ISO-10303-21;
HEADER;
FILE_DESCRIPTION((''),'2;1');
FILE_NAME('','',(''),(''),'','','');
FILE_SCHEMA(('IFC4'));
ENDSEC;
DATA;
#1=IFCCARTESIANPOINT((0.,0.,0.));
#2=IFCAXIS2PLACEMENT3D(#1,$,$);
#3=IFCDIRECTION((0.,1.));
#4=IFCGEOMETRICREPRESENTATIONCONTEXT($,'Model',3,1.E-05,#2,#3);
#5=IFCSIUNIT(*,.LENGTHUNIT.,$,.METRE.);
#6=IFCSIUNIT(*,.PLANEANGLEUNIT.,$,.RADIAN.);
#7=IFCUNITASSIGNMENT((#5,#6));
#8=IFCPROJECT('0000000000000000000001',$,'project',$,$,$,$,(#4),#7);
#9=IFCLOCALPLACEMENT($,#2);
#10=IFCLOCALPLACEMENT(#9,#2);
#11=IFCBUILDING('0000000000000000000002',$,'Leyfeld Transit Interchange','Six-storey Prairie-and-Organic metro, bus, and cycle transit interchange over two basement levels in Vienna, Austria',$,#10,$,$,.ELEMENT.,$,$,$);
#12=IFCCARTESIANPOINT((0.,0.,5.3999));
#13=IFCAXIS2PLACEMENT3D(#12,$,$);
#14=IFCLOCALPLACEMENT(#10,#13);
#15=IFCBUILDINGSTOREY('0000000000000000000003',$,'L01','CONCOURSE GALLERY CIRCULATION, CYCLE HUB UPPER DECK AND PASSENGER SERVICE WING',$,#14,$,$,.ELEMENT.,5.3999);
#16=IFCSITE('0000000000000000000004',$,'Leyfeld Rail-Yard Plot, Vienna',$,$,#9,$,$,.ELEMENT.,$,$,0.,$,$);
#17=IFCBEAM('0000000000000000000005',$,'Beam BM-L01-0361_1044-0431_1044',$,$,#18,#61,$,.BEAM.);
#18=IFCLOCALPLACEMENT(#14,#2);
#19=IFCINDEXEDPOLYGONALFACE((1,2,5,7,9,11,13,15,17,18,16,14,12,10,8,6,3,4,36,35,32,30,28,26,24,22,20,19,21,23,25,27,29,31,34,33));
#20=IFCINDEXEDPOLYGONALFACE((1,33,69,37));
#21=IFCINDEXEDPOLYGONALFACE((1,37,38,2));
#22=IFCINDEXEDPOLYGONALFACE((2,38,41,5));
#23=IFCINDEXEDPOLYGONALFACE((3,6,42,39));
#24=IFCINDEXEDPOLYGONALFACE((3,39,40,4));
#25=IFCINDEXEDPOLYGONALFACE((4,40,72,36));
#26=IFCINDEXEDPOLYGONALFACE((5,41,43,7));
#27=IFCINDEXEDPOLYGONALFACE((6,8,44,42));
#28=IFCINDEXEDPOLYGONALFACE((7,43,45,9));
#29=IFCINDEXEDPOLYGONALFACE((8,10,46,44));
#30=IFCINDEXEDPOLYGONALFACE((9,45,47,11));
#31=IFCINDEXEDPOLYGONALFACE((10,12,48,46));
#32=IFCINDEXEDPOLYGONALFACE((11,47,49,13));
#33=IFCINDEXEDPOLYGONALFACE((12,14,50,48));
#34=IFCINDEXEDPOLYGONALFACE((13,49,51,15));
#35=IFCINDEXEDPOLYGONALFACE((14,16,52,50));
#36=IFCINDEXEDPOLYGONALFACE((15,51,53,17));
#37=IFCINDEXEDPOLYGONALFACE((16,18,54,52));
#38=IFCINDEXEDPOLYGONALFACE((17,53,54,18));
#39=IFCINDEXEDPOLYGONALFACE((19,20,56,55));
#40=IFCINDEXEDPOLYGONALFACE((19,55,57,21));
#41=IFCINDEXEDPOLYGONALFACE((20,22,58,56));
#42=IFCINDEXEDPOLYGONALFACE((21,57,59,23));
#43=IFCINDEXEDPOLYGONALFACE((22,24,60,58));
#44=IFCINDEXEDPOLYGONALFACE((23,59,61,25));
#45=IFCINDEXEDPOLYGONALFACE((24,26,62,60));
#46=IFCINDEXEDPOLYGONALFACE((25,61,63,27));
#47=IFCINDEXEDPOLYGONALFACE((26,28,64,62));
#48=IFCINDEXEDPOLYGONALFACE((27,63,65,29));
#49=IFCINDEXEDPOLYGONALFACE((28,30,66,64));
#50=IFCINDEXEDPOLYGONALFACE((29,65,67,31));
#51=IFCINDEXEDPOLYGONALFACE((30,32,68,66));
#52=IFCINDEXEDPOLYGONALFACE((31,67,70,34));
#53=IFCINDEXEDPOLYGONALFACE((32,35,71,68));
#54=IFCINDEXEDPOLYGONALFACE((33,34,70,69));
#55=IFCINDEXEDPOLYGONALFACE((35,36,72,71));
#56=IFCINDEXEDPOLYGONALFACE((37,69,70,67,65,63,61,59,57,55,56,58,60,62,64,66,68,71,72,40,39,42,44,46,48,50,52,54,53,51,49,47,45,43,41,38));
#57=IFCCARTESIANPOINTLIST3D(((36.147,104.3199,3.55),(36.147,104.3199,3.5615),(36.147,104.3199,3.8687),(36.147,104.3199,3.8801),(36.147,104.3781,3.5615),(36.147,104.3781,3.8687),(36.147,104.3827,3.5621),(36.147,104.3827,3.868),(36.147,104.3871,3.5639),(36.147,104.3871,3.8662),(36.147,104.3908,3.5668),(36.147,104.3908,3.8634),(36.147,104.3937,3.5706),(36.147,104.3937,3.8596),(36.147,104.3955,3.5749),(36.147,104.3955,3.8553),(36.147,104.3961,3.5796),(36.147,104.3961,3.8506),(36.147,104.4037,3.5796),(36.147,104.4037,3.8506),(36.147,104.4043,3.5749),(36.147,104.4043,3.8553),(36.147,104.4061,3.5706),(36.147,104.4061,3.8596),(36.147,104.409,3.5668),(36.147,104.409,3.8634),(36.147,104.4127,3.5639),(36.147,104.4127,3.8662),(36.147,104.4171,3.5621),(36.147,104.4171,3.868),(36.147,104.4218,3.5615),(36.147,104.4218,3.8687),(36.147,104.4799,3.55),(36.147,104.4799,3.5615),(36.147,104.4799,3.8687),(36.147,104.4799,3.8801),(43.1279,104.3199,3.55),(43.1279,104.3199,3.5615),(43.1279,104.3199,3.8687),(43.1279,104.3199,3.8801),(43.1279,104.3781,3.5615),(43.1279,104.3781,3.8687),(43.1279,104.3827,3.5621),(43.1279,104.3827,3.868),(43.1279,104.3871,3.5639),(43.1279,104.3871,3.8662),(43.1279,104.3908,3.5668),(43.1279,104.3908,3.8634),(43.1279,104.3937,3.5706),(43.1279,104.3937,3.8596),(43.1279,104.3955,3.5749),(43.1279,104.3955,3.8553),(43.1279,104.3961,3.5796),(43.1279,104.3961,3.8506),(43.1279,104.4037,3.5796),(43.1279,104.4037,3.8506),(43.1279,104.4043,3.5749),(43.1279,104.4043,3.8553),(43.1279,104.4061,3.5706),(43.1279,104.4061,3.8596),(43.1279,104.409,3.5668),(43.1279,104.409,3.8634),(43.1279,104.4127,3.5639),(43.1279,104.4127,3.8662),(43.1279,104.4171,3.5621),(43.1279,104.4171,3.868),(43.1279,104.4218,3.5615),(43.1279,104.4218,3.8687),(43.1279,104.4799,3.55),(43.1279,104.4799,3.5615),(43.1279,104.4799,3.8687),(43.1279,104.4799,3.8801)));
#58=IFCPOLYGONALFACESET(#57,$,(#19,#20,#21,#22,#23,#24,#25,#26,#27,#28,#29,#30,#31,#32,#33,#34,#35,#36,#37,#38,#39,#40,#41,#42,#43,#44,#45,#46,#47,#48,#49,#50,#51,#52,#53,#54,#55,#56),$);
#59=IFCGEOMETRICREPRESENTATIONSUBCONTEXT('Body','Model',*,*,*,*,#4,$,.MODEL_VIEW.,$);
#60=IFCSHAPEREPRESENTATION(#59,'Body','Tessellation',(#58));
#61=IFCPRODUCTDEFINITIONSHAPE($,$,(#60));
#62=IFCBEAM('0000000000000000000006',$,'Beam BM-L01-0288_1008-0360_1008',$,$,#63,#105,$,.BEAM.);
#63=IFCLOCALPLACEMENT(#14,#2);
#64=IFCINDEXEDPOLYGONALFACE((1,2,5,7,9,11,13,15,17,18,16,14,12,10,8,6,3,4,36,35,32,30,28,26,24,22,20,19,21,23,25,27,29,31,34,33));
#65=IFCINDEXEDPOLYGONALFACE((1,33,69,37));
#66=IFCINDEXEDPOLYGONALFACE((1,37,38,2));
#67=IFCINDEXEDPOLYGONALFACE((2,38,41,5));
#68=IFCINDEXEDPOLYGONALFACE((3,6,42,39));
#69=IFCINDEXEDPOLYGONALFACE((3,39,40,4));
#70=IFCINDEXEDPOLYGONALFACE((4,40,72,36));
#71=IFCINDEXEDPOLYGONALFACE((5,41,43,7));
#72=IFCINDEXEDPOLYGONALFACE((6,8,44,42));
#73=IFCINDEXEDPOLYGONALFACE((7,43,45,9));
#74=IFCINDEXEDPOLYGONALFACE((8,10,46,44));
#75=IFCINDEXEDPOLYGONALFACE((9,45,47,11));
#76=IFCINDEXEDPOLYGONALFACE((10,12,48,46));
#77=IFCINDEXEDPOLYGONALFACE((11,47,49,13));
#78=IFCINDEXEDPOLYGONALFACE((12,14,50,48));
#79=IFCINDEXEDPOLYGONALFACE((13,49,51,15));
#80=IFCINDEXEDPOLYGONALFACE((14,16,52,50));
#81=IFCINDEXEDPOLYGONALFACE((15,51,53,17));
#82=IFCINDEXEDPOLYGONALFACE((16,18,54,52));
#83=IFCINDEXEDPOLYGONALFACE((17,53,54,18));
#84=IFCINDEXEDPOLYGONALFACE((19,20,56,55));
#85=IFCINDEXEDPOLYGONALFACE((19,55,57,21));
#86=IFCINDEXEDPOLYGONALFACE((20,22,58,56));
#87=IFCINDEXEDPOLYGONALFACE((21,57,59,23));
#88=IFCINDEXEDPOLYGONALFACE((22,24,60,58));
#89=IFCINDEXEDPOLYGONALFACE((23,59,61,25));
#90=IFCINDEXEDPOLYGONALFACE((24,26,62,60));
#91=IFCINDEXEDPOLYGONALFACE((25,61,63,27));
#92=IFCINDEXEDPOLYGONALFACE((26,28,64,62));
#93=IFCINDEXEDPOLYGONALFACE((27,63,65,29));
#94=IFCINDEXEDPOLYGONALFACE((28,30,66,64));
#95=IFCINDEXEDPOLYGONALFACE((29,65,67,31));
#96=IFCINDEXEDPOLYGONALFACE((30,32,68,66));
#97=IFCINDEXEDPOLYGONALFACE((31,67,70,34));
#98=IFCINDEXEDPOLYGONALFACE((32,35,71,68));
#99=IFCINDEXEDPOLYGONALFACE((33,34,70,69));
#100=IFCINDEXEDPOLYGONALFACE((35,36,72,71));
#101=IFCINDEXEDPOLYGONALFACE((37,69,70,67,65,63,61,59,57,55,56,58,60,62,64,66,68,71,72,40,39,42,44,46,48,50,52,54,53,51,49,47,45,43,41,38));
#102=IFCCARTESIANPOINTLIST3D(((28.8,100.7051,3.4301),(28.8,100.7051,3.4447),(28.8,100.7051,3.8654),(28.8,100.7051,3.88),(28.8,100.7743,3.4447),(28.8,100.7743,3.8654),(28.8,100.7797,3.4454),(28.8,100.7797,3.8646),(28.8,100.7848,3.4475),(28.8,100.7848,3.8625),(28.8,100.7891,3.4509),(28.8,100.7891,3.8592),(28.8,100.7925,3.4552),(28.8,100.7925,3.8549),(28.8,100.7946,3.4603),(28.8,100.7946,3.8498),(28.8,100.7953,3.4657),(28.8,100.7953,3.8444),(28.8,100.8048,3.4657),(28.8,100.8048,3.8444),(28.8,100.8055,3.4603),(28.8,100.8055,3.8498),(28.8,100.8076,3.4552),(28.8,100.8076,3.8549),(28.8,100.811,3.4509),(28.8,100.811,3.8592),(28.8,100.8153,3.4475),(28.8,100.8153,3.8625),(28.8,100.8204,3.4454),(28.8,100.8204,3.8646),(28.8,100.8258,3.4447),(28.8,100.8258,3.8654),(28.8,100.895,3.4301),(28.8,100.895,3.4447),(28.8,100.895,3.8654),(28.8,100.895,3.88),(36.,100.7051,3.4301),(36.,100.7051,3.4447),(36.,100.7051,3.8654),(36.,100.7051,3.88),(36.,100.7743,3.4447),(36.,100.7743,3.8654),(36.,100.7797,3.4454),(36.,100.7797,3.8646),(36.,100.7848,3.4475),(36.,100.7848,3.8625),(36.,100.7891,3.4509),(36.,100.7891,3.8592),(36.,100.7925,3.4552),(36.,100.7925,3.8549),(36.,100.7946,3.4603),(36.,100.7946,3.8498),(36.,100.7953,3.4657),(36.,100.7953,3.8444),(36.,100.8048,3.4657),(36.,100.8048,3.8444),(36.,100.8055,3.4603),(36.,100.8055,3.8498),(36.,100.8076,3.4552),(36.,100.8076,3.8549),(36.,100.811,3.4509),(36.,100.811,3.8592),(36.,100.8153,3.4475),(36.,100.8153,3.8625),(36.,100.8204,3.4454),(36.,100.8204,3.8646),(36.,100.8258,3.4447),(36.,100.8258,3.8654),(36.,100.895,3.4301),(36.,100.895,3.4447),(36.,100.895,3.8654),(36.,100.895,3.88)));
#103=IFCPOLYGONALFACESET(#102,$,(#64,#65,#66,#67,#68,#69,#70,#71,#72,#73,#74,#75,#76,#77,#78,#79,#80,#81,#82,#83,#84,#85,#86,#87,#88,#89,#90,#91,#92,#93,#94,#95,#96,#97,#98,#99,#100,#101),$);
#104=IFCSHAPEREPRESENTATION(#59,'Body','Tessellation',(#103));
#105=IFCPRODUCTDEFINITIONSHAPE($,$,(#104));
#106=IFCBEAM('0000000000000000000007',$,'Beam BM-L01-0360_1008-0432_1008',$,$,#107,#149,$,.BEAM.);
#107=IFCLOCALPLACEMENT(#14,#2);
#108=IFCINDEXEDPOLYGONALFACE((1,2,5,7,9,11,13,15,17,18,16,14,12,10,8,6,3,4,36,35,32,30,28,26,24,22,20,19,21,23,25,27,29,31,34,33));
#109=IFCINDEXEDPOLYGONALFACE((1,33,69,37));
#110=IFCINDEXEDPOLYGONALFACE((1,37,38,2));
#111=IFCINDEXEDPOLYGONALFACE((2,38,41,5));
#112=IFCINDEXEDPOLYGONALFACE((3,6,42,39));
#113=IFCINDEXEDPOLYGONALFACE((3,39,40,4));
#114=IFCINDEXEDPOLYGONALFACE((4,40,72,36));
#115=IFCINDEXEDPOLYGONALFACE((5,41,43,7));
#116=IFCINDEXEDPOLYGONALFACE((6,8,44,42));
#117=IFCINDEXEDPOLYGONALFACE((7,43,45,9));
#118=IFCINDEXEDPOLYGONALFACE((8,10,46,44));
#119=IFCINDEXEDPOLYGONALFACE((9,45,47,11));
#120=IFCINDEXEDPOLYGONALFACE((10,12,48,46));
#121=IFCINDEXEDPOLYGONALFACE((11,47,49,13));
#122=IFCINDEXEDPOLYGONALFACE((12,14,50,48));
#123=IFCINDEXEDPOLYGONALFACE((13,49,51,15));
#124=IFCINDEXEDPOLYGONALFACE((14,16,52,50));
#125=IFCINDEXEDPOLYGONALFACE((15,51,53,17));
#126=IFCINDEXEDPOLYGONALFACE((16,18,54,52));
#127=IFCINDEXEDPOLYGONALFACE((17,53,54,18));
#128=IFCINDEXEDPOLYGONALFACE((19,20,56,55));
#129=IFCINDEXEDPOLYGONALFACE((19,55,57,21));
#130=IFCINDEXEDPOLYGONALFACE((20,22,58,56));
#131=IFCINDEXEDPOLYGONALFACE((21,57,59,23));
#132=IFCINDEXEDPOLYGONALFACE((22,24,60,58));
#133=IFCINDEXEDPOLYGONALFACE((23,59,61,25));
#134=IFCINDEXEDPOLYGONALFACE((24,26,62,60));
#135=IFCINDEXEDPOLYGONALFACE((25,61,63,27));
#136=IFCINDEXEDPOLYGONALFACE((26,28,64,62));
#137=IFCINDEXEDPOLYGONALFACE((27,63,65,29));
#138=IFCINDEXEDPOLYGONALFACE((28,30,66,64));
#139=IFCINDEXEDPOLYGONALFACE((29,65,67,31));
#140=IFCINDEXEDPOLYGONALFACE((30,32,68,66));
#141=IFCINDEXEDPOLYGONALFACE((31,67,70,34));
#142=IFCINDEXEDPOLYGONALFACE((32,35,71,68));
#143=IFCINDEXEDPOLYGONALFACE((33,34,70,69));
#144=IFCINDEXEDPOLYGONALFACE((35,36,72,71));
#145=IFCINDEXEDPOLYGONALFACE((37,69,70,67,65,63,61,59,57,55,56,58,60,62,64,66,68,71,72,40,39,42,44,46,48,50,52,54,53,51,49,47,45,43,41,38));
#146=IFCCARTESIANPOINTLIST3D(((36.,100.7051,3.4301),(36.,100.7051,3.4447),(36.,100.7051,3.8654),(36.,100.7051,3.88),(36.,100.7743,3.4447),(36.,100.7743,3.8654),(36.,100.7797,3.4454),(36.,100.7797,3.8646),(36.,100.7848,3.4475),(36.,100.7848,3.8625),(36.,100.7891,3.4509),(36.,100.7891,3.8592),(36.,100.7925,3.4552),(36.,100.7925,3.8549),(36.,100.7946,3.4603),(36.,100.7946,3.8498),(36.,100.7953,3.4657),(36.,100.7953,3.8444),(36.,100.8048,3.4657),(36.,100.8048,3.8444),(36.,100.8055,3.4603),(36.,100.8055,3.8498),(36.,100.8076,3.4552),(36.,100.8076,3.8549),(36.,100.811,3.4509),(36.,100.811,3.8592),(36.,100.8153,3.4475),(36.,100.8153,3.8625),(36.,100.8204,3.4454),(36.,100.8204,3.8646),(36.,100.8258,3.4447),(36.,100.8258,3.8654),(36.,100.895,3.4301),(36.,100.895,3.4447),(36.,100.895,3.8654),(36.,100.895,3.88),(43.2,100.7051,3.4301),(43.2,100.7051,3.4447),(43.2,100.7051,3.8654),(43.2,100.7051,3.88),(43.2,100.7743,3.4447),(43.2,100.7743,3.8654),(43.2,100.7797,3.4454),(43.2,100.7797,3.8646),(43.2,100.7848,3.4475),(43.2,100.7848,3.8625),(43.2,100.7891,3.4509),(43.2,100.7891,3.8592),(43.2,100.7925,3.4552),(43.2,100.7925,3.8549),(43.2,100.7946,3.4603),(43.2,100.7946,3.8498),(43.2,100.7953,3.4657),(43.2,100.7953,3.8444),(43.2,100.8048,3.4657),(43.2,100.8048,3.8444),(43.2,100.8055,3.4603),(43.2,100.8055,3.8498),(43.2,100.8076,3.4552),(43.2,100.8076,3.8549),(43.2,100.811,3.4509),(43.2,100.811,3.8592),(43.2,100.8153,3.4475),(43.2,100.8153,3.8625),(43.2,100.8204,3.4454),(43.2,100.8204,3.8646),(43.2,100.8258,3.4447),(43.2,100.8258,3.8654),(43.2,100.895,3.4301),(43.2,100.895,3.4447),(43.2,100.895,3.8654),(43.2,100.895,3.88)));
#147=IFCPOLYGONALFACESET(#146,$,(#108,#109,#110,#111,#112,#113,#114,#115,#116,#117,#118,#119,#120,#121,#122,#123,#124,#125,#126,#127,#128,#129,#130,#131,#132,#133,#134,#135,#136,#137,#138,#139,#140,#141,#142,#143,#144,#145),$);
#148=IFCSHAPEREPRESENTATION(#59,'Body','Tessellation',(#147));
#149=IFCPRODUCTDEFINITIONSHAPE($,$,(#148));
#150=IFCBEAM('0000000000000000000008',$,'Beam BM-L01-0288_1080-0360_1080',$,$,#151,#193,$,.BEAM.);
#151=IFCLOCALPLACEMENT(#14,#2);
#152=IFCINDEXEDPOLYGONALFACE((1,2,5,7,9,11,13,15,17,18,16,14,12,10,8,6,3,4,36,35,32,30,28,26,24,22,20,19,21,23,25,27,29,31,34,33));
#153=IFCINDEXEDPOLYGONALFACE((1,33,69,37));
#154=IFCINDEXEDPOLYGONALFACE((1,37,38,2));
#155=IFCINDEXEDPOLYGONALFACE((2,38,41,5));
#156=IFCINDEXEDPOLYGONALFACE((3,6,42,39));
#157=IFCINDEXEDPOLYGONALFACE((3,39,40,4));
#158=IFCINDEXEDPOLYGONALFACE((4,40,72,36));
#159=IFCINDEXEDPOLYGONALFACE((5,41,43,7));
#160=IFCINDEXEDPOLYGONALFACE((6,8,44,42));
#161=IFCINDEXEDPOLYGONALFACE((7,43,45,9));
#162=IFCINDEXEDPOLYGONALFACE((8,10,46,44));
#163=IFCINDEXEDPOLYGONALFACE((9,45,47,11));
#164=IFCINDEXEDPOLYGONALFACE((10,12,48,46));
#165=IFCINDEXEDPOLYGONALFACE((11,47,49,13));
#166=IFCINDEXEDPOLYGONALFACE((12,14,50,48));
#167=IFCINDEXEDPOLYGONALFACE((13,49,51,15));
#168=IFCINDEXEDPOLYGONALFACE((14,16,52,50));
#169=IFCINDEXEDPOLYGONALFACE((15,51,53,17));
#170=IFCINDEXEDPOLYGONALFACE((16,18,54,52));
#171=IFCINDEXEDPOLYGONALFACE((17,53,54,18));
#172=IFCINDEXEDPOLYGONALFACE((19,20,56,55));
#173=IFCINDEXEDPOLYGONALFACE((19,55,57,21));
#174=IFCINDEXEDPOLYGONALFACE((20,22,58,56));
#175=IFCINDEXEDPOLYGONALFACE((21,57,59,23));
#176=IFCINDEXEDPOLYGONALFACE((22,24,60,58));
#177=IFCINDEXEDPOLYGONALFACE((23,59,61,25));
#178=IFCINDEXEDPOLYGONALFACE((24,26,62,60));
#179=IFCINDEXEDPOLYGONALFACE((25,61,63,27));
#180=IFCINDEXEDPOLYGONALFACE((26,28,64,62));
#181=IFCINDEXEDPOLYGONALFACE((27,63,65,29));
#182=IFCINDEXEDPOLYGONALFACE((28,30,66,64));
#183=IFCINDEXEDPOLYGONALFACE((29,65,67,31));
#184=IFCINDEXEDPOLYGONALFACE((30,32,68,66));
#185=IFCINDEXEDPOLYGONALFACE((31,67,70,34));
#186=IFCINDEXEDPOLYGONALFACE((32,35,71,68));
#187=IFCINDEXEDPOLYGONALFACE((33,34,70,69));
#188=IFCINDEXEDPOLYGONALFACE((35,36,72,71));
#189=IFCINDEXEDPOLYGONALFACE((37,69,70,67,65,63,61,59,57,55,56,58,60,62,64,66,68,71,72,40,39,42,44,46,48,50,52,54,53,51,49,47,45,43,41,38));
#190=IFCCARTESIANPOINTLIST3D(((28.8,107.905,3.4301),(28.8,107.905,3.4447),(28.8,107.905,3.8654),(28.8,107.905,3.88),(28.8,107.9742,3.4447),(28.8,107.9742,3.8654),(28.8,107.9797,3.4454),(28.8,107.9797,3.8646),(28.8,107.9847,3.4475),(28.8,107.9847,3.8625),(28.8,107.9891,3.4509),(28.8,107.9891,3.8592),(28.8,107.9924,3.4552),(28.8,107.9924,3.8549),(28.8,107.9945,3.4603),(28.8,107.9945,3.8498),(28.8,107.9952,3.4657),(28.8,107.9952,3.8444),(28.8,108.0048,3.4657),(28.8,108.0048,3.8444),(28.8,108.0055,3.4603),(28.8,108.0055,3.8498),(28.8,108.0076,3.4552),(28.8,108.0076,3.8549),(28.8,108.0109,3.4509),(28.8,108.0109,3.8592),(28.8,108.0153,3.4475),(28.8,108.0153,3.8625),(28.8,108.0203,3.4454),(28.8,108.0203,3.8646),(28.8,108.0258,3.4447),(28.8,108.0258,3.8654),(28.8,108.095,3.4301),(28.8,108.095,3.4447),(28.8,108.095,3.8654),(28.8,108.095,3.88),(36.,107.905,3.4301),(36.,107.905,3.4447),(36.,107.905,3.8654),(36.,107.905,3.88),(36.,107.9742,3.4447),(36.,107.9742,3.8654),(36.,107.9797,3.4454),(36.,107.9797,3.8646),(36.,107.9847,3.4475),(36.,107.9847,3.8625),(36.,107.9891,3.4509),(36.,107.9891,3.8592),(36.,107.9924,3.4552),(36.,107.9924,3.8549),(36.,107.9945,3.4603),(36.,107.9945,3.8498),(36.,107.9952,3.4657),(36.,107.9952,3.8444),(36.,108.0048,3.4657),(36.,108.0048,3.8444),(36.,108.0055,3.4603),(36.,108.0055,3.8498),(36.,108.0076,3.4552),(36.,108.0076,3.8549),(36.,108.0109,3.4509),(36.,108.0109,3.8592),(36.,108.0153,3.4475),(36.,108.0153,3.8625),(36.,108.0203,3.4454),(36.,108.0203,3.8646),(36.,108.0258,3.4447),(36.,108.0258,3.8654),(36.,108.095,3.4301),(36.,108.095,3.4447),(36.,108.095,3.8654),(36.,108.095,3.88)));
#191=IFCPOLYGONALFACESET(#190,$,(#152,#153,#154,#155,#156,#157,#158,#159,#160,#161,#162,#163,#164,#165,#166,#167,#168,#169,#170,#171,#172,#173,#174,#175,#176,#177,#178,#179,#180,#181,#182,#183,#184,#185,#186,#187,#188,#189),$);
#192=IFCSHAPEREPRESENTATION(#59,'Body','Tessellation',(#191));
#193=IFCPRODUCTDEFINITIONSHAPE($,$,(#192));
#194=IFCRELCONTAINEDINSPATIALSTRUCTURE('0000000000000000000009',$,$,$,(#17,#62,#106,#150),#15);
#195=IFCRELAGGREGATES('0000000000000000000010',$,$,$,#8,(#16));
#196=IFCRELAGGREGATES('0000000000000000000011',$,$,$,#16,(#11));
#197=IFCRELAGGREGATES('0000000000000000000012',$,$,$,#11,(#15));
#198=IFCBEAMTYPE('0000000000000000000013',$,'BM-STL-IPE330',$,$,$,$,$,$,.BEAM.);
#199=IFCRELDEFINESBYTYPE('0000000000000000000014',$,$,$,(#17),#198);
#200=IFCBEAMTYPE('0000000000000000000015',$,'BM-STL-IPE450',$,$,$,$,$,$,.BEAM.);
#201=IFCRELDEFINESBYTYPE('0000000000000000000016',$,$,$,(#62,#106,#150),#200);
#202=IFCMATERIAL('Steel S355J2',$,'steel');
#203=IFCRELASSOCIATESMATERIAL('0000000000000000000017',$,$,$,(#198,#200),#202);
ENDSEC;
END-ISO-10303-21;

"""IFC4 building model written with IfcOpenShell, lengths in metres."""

from ifc_helpers import new_model, si_unit, direction, frame, origin, origin_2d, place, context, subcontext, project, spatial, i_section, extrude, material, material_profile, profile_set, type_object, element, save


model = new_model("IFC4")

# Units and contexts
model_context = context("Model", 3, precision=1e-05, world=origin(), true_north=direction((0.0, 1.0)))
body_context = subcontext(model_context, "Body", "Model", "MODEL_VIEW")
ifc_project = project(units=[si_unit("LENGTHUNIT", "METRE"), si_unit("PLANEANGLEUNIT", "RADIAN")], contexts=[model_context])

# Site, building, storey
site_placement = place(None, origin())
site = spatial("IfcSite", under=ifc_project, at=site_placement, Name="Leyfeld Rail-Yard Plot, Vienna", CompositionType="ELEMENT", RefElevation=0.0)
building_placement = place(site_placement, origin())
building = spatial("IfcBuilding", under=site, at=building_placement, Name="Leyfeld Transit Interchange", Description="Six-storey Prairie-and-Organic metro, bus, and cycle transit interchange over two basement levels in Vienna, Austria", CompositionType="ELEMENT")
storey_placement = place(building_placement, frame((0.0, 0.0, 5.3999)))
storey = spatial("IfcBuildingStorey", under=building, at=storey_placement, Name="L01", Description="CONCOURSE GALLERY CIRCULATION, CYCLE HUB UPPER DECK AND PASSENGER SERVICE WING", CompositionType="ELEMENT", Elevation=5.3999)

# Beams
ifc_material_1 = material(Name="Steel S355J2", Category="steel")
ifc_material_profile_1 = material_profile(ifc_material_1, i_section(OverallWidth=0.1599, OverallDepth=0.3301, WebThickness=0.0076, FlangeThickness=0.0115, FilletRadius=0.0181, at=origin_2d()), Name="IPE 330")
ifc_profile_set_1 = profile_set([ifc_material_profile_1], Name="Steel S355J2")
beam_type_1 = type_object("IfcBeamType", Name="BM-STL-IPE330", PredefinedType="BEAM", material=ifc_profile_set_1)
beam_1_placement = place(storey_placement, frame((36.147, 104.3999, 3.7151), z_axis=(1.0, 0.0, 0.0), x_axis=(0.0, 1.0, 0.0)))
element("IfcBeam", 1, at=beam_1_placement, inside=storey, type_object=beam_type_1, Name="Beam BM-L01-0361_1044-0431_1044", PredefinedType="BEAM", context=body_context, shape_type="SweptSolid", body=[
    extrude(i_section(OverallWidth=0.1599, OverallDepth=0.3301, WebThickness=0.0076, FlangeThickness=0.0115, FilletRadius=0.0181, at=origin_2d()), origin(), (0.0, 0.0, 1.0), 6.981),
])
ifc_material_profile_2 = material_profile(ifc_material_1, i_section(OverallWidth=0.1899, OverallDepth=0.45, WebThickness=0.0095, FlangeThickness=0.0146, FilletRadius=0.021, at=origin_2d()), Name="IPE 450")
ifc_profile_set_2 = profile_set([ifc_material_profile_2], Name="Steel S355J2")
beam_type_2 = type_object("IfcBeamType", Name="BM-STL-IPE450", PredefinedType="BEAM", material=ifc_profile_set_2)
for number, where, z_axis, x_axis, name in (
    (2, (28.8, 100.8, 3.655), (1.0, 0.0, 0.0), (0.0, 1.0, 0.0), "Beam BM-L01-0288_1008-0360_1008"),
    (3, (36.0, 100.8, 3.655), (1.0, 0.0, 0.0), (0.0, 1.0, 0.0), "Beam BM-L01-0360_1008-0432_1008"),
    (4, (28.8, 108.0, 3.655), (1.0, 0.0, 0.0), (0.0, 1.0, 0.0), "Beam BM-L01-0288_1080-0360_1080"),
):
    element("IfcBeam", number, at=place(storey_placement, frame(where, z_axis=z_axis, x_axis=x_axis)), inside=storey, type_object=beam_type_2, Name=name, PredefinedType="BEAM", context=body_context, shape_type="SweptSolid", body=[
        extrude(i_section(OverallWidth=0.1899, OverallDepth=0.45, WebThickness=0.0095, FlangeThickness=0.0146, FilletRadius=0.021, at=origin_2d()), origin(), (0.0, 0.0, 1.0), 7.2),
    ])

save(model, "model.ifc")
